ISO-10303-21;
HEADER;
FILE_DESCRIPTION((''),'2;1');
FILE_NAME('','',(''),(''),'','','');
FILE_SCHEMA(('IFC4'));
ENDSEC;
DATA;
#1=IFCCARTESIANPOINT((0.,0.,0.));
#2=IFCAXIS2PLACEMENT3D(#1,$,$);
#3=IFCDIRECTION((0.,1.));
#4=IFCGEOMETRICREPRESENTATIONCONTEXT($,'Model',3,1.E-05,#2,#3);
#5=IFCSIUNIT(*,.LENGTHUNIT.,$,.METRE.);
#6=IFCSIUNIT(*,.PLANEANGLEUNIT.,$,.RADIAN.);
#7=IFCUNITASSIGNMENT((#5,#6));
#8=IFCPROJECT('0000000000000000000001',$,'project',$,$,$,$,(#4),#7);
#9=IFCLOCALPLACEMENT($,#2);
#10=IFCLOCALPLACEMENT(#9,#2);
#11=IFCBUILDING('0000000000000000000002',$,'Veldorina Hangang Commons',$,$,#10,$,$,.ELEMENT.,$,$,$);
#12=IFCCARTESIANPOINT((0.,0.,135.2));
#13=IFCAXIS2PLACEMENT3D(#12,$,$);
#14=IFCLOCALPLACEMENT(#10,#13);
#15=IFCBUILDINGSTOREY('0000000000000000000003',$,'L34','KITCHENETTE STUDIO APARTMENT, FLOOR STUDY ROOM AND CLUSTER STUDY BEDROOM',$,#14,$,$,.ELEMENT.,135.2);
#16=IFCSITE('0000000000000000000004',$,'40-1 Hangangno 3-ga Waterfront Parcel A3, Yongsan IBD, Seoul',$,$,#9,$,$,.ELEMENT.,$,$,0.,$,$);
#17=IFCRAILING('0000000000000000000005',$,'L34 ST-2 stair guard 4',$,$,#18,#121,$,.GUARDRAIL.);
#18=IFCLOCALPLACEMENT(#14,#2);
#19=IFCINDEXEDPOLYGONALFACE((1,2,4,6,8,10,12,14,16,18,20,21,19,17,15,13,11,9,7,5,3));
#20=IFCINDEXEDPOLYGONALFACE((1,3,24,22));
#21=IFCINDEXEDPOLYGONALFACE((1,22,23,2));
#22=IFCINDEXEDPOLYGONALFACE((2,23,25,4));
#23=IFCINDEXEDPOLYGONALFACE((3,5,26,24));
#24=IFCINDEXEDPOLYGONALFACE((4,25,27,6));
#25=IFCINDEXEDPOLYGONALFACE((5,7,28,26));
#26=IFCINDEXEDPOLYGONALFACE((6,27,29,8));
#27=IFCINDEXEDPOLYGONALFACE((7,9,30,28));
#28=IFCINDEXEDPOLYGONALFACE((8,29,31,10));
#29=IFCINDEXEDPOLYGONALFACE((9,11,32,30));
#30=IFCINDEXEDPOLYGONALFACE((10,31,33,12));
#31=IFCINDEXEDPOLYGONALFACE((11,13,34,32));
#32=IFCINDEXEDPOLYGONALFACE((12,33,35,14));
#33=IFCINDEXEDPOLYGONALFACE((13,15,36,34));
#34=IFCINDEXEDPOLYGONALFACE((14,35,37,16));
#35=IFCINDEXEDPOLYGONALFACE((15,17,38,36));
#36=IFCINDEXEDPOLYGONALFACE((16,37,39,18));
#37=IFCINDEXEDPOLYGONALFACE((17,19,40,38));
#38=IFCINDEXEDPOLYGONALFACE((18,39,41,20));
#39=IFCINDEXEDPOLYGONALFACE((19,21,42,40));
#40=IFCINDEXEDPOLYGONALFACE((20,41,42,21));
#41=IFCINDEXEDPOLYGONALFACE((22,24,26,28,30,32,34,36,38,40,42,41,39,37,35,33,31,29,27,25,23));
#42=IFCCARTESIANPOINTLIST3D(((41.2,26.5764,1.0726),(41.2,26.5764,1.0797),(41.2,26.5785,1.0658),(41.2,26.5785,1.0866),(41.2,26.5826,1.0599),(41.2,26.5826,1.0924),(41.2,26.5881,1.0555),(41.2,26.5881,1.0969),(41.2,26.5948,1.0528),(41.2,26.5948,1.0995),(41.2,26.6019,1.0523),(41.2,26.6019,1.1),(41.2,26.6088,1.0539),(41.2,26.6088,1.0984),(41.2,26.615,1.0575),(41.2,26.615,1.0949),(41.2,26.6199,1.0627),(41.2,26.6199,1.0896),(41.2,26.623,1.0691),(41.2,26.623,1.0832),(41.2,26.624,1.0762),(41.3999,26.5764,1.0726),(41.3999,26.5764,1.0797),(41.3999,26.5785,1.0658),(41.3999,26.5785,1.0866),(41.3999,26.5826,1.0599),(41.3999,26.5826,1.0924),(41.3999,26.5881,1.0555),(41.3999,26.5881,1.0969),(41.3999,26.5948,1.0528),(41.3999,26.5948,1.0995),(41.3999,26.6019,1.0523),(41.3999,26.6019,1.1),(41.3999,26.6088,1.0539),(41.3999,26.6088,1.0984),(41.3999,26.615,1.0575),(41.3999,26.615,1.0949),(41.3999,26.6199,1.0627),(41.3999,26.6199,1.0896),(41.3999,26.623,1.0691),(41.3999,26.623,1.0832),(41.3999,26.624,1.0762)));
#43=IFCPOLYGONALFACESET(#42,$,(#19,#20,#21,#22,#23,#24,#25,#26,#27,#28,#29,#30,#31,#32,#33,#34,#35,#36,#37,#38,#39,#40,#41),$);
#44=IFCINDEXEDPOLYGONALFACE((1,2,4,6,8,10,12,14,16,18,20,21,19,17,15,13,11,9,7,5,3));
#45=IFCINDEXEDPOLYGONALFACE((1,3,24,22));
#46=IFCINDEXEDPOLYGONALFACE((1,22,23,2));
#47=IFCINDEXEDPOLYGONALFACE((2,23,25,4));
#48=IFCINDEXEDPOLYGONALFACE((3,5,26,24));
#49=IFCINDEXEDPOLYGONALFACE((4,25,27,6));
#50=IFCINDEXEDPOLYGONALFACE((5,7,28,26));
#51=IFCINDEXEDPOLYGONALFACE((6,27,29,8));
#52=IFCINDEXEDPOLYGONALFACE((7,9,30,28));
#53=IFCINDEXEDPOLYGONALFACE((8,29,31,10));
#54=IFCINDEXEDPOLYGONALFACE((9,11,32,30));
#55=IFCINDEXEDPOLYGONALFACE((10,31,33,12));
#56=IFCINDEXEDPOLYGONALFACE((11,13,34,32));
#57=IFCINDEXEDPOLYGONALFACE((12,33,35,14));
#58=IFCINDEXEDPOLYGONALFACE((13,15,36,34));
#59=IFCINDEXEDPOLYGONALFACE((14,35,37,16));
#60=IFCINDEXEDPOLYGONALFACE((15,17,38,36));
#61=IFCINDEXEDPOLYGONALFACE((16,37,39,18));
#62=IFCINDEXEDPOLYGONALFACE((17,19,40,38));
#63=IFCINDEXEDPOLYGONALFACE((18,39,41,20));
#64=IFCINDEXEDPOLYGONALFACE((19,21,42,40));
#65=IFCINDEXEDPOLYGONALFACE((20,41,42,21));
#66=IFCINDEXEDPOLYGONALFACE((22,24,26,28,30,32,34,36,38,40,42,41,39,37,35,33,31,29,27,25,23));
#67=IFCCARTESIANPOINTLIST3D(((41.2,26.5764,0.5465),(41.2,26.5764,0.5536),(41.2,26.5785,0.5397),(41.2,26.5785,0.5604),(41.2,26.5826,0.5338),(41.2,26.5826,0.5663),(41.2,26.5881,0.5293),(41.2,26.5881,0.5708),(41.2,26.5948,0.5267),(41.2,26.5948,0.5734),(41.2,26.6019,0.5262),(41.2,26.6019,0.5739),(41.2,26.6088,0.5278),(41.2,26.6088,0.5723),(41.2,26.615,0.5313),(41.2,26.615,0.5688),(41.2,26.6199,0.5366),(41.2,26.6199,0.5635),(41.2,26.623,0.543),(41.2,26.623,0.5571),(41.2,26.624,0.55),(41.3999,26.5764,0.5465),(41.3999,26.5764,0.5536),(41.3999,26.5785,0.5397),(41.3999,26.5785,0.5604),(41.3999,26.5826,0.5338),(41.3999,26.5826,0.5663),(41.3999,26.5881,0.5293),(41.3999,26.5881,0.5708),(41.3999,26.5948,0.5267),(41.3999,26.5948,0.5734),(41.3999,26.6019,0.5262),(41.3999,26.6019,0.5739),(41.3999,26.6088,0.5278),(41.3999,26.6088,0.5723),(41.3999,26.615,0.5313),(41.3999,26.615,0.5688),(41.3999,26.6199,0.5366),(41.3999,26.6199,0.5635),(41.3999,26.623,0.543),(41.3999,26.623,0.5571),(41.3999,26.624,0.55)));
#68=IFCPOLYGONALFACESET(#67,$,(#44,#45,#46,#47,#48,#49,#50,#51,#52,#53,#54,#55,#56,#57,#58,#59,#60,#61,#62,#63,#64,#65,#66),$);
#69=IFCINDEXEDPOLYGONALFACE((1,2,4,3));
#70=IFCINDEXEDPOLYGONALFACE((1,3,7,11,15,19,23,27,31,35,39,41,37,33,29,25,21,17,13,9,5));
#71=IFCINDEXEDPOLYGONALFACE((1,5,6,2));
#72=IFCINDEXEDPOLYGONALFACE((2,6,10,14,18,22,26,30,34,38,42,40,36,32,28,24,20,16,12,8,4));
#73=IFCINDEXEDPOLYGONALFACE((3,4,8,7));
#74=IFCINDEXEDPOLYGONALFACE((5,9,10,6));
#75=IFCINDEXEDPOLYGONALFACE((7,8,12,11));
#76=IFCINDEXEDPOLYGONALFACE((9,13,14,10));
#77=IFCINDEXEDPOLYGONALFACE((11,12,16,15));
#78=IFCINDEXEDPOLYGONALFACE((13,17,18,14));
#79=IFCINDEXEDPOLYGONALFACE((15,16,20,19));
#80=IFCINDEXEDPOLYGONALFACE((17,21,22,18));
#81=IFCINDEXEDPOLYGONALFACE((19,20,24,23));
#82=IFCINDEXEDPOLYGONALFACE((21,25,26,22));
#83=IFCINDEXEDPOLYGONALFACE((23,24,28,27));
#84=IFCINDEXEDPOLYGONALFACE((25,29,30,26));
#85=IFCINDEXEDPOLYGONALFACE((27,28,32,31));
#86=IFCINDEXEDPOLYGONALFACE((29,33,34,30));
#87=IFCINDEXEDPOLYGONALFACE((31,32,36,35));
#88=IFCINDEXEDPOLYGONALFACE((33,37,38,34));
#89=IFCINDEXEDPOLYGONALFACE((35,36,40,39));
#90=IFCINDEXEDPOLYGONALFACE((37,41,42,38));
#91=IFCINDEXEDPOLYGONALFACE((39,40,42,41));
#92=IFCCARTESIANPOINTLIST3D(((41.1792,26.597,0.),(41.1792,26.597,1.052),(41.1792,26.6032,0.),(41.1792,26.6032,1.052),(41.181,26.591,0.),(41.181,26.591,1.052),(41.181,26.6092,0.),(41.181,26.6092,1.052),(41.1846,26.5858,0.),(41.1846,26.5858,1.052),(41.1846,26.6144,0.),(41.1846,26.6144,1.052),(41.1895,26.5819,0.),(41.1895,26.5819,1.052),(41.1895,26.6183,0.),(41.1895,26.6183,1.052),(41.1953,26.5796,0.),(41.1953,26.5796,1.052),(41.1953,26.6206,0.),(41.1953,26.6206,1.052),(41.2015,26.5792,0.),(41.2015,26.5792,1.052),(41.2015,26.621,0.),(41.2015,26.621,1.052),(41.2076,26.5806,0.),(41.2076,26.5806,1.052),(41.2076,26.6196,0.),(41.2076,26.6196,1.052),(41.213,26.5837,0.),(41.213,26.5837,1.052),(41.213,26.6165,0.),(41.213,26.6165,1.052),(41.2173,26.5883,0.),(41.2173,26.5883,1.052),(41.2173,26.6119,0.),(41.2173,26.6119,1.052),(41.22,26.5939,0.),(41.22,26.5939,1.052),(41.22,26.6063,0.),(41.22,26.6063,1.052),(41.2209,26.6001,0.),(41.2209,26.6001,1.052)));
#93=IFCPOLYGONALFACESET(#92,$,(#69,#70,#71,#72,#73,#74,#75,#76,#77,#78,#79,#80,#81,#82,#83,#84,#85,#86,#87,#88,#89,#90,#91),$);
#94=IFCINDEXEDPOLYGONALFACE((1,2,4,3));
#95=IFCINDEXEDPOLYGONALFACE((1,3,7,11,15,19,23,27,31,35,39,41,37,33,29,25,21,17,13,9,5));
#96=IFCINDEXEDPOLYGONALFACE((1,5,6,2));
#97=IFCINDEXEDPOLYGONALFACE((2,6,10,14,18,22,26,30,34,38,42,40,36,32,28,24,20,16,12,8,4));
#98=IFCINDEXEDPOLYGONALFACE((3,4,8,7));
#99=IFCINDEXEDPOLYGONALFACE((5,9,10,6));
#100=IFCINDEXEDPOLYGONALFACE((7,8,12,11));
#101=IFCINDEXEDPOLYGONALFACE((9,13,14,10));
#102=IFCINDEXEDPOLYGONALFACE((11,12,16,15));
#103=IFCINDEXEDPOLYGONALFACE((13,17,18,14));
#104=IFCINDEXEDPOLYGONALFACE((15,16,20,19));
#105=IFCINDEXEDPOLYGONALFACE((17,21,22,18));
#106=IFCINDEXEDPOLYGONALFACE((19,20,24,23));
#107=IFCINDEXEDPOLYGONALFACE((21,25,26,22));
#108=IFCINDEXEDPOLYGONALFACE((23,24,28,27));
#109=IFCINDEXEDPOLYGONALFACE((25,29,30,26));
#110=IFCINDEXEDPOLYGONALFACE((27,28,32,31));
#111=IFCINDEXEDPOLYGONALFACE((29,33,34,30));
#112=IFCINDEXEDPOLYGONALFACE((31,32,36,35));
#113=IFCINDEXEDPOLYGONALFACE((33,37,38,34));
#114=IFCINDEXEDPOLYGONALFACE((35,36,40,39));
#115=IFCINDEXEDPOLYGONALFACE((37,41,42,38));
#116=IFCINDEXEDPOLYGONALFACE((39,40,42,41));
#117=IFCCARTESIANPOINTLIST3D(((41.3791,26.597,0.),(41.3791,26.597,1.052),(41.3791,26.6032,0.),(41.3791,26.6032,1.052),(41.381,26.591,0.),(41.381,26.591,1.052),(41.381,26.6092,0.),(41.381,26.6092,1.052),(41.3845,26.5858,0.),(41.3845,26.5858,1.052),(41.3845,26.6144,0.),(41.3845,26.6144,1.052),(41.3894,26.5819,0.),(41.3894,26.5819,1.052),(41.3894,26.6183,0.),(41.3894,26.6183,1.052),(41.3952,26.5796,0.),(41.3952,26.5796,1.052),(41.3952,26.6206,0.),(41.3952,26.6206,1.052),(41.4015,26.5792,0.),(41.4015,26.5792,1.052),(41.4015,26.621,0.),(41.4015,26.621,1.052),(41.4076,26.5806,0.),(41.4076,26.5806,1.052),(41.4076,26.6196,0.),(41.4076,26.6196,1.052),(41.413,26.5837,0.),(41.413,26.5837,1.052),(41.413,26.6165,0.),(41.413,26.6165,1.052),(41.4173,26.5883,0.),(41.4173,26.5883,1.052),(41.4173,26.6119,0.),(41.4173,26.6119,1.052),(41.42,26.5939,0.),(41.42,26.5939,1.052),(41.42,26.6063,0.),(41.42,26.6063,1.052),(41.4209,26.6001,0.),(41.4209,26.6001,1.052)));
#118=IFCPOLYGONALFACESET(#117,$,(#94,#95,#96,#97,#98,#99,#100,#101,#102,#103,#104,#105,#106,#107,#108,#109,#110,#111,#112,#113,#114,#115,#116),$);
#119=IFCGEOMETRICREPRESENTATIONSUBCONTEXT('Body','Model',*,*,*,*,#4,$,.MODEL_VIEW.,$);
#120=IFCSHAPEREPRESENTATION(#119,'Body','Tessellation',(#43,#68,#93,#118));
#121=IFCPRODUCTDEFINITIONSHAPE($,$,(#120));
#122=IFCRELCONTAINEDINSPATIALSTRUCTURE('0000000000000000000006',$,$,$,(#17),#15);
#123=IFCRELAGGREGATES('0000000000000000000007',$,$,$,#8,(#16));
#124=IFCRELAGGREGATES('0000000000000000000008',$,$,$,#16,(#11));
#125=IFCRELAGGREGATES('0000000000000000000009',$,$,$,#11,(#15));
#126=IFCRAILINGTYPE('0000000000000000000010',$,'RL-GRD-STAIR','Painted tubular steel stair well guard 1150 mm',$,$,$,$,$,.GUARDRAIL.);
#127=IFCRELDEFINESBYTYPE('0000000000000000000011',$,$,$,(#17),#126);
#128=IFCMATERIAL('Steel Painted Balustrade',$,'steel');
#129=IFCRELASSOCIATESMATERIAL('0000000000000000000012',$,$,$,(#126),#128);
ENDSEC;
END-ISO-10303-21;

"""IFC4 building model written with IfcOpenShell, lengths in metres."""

from ifc_helpers import new_model, si_unit, direction, frame, origin, origin_2d, place, context, subcontext, project, spatial, circle, extrude, material, type_object, element, save


model = new_model("IFC4")

# Units and contexts
model_context = context("Model", 3, precision=1e-05, world=origin(), true_north=direction((0.0, 1.0)))
body_context = subcontext(model_context, "Body", "Model", "MODEL_VIEW")
ifc_project = project(units=[si_unit("LENGTHUNIT", "METRE"), si_unit("PLANEANGLEUNIT", "RADIAN")], contexts=[model_context])

# Site, building, storey
site_placement = place(None, origin())
site = spatial("IfcSite", under=ifc_project, at=site_placement, Name="40-1 Hangangno 3-ga Waterfront Parcel A3, Yongsan IBD, Seoul", CompositionType="ELEMENT", RefElevation=0.0)
building_placement = place(site_placement, origin())
building = spatial("IfcBuilding", under=site, at=building_placement, Name="Veldorina Hangang Commons", CompositionType="ELEMENT")
storey_placement = place(building_placement, frame((0.0, 0.0, 135.2)))
storey = spatial("IfcBuildingStorey", under=building, at=storey_placement, Name="L34", Description="KITCHENETTE STUDIO APARTMENT, FLOOR STUDY ROOM AND CLUSTER STUDY BEDROOM", CompositionType="ELEMENT", Elevation=135.2)

# Railing
ifc_material_1 = material(Name="Steel Painted Balustrade", Category="steel")
railing_type_1 = type_object("IfcRailingType", Name="RL-GRD-STAIR", Description="Painted tubular steel stair well guard 1150 mm", PredefinedType="GUARDRAIL", material=ifc_material_1)
railing_1_placement = place(storey_placement, frame((41.2, 26.6001, 0.0)))
element("IfcRailing", 1, at=railing_1_placement, inside=storey, type_object=railing_type_1, Name="L34 ST-2 stair guard 4", PredefinedType="GUARDRAIL", context=body_context, shape_type="SweptSolid", body=[
    extrude(circle(Radius=0.0239, at=origin_2d()), frame((0.0, 0.0, 1.0762), z_axis=(1.0, 0.0, 0.0), x_axis=(0.0, 1.0, 0.0)), (0.0, 0.0, 1.0), 0.2),
    extrude(circle(Radius=0.0239, at=origin_2d()), frame((0.0, 0.0, 0.55), z_axis=(1.0, 0.0, 0.0), x_axis=(0.0, 1.0, 0.0)), (0.0, 0.0, 1.0), 0.2),
    extrude(circle(Radius=0.021, at=origin_2d()), origin(), (0.0, 0.0, 1.0), 1.052),
    extrude(circle(Radius=0.021, at=origin_2d()), frame((0.2, 0.0, 0.0)), (0.0, 0.0, 1.0), 1.052),
])

save(model, "model.ifc")
